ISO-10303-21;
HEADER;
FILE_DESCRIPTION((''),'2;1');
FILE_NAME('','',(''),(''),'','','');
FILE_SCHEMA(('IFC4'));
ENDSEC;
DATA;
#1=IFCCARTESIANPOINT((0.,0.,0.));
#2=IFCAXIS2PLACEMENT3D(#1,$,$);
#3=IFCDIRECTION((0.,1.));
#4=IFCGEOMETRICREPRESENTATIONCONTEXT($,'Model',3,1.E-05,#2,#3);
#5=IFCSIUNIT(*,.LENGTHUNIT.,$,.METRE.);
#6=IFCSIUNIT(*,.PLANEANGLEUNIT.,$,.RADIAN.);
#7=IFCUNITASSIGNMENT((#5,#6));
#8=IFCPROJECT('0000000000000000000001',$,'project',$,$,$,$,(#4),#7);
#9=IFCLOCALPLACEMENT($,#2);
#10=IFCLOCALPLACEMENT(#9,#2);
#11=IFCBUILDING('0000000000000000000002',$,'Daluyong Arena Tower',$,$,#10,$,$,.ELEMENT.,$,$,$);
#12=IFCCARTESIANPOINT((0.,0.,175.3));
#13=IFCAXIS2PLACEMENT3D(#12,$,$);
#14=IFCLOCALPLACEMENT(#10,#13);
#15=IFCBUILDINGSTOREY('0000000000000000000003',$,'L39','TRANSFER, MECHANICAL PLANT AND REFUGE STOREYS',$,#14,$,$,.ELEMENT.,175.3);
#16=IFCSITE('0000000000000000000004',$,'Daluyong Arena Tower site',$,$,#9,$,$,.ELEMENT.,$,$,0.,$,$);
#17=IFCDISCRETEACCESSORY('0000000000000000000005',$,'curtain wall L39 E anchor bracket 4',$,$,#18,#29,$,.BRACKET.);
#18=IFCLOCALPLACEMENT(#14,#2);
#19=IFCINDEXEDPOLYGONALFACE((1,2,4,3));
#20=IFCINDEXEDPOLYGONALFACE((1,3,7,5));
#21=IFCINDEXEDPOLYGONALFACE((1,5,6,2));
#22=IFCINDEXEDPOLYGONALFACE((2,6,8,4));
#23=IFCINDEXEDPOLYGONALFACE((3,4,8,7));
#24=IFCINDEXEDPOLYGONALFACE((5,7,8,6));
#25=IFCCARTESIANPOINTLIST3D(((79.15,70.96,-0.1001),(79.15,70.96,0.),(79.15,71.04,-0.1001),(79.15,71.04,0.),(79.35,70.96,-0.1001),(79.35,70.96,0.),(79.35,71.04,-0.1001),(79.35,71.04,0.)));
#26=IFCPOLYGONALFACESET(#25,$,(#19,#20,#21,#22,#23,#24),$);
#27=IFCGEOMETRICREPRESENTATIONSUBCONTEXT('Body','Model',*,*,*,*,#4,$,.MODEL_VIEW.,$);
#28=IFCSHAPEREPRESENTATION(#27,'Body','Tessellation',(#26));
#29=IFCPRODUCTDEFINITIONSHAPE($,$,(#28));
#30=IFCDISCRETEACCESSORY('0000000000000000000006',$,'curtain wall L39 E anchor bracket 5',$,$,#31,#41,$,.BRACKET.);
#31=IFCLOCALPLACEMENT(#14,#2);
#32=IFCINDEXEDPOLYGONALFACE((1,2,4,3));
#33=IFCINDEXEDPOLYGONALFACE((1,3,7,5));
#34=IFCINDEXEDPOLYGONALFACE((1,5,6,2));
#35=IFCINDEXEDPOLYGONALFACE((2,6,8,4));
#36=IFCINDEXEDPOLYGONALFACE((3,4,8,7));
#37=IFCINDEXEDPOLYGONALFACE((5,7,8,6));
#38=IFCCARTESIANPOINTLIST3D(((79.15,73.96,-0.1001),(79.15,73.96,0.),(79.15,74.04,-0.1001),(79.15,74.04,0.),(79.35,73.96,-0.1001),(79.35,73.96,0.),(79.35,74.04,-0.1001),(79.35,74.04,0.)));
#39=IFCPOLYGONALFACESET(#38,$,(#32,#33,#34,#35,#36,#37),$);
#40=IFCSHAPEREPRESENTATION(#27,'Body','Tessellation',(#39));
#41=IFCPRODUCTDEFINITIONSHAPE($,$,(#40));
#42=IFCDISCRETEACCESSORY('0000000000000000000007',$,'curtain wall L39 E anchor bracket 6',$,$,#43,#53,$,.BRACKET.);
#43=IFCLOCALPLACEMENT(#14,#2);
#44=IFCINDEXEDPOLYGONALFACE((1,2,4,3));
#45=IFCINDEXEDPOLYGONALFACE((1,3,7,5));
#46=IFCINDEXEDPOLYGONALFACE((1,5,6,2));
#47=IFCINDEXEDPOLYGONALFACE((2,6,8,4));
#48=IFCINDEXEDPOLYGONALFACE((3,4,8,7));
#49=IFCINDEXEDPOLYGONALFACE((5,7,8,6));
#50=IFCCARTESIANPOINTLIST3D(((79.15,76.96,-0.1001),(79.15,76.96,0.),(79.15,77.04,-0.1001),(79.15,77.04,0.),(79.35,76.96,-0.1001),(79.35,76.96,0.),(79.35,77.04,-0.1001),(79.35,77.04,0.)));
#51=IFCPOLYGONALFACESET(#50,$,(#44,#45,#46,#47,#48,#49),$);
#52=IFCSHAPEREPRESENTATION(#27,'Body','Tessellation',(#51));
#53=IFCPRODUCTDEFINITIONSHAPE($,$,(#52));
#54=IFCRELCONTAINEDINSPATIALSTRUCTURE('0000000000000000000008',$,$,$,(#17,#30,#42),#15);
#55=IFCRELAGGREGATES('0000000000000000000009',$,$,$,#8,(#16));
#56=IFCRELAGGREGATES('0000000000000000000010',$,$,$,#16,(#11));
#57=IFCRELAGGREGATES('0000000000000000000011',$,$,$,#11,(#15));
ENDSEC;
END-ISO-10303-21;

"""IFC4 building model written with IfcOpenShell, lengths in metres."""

from ifc_helpers import new_model, si_unit, direction, frame, origin, origin_2d, place, context, subcontext, project, spatial, rectangle, extrude, element, save


model = new_model("IFC4")

# Units and contexts
model_context = context("Model", 3, precision=1e-05, world=origin(), true_north=direction((0.0, 1.0)))
body_context = subcontext(model_context, "Body", "Model", "MODEL_VIEW")
ifc_project = project(units=[si_unit("LENGTHUNIT", "METRE"), si_unit("PLANEANGLEUNIT", "RADIAN")], contexts=[model_context])

# Site, building, storey
site_placement = place(None, origin())
site = spatial("IfcSite", under=ifc_project, at=site_placement, Name="Daluyong Arena Tower site", CompositionType="ELEMENT", RefElevation=0.0)
building_placement = place(site_placement, origin())
building = spatial("IfcBuilding", under=site, at=building_placement, Name="Daluyong Arena Tower", CompositionType="ELEMENT")
storey_placement = place(building_placement, frame((0.0, 0.0, 175.3)))
storey = spatial("IfcBuildingStorey", under=building, at=storey_placement, Name="L39", Description="TRANSFER, MECHANICAL PLANT AND REFUGE STOREYS", CompositionType="ELEMENT", Elevation=175.3)

# Discrete accessories
for number, where, z_axis, x_axis, name in (
    (1, (79.25, 71.0, -0.1001), (0.0, 0.0, 1.0), (0.0, 1.0, 0.0), "curtain wall L39 E anchor bracket 4"),
    (2, (79.25, 74.0, -0.1001), (0.0, 0.0, 1.0), (0.0, 1.0, 0.0), "curtain wall L39 E anchor bracket 5"),
    (3, (79.25, 77.0, -0.1001), (0.0, 0.0, 1.0), (0.0, 1.0, 0.0), "curtain wall L39 E anchor bracket 6"),
):
    element("IfcDiscreteAccessory", number, at=place(storey_placement, frame(where, z_axis=z_axis, x_axis=x_axis)), inside=storey, Name=name, PredefinedType="BRACKET", context=body_context, shape_type="SweptSolid", body=[
        extrude(rectangle(XDim=0.0801, YDim=0.2, at=origin_2d()), origin(), (0.0, 0.0, 1.0), 0.1001),
    ])

save(model, "model.ifc")
